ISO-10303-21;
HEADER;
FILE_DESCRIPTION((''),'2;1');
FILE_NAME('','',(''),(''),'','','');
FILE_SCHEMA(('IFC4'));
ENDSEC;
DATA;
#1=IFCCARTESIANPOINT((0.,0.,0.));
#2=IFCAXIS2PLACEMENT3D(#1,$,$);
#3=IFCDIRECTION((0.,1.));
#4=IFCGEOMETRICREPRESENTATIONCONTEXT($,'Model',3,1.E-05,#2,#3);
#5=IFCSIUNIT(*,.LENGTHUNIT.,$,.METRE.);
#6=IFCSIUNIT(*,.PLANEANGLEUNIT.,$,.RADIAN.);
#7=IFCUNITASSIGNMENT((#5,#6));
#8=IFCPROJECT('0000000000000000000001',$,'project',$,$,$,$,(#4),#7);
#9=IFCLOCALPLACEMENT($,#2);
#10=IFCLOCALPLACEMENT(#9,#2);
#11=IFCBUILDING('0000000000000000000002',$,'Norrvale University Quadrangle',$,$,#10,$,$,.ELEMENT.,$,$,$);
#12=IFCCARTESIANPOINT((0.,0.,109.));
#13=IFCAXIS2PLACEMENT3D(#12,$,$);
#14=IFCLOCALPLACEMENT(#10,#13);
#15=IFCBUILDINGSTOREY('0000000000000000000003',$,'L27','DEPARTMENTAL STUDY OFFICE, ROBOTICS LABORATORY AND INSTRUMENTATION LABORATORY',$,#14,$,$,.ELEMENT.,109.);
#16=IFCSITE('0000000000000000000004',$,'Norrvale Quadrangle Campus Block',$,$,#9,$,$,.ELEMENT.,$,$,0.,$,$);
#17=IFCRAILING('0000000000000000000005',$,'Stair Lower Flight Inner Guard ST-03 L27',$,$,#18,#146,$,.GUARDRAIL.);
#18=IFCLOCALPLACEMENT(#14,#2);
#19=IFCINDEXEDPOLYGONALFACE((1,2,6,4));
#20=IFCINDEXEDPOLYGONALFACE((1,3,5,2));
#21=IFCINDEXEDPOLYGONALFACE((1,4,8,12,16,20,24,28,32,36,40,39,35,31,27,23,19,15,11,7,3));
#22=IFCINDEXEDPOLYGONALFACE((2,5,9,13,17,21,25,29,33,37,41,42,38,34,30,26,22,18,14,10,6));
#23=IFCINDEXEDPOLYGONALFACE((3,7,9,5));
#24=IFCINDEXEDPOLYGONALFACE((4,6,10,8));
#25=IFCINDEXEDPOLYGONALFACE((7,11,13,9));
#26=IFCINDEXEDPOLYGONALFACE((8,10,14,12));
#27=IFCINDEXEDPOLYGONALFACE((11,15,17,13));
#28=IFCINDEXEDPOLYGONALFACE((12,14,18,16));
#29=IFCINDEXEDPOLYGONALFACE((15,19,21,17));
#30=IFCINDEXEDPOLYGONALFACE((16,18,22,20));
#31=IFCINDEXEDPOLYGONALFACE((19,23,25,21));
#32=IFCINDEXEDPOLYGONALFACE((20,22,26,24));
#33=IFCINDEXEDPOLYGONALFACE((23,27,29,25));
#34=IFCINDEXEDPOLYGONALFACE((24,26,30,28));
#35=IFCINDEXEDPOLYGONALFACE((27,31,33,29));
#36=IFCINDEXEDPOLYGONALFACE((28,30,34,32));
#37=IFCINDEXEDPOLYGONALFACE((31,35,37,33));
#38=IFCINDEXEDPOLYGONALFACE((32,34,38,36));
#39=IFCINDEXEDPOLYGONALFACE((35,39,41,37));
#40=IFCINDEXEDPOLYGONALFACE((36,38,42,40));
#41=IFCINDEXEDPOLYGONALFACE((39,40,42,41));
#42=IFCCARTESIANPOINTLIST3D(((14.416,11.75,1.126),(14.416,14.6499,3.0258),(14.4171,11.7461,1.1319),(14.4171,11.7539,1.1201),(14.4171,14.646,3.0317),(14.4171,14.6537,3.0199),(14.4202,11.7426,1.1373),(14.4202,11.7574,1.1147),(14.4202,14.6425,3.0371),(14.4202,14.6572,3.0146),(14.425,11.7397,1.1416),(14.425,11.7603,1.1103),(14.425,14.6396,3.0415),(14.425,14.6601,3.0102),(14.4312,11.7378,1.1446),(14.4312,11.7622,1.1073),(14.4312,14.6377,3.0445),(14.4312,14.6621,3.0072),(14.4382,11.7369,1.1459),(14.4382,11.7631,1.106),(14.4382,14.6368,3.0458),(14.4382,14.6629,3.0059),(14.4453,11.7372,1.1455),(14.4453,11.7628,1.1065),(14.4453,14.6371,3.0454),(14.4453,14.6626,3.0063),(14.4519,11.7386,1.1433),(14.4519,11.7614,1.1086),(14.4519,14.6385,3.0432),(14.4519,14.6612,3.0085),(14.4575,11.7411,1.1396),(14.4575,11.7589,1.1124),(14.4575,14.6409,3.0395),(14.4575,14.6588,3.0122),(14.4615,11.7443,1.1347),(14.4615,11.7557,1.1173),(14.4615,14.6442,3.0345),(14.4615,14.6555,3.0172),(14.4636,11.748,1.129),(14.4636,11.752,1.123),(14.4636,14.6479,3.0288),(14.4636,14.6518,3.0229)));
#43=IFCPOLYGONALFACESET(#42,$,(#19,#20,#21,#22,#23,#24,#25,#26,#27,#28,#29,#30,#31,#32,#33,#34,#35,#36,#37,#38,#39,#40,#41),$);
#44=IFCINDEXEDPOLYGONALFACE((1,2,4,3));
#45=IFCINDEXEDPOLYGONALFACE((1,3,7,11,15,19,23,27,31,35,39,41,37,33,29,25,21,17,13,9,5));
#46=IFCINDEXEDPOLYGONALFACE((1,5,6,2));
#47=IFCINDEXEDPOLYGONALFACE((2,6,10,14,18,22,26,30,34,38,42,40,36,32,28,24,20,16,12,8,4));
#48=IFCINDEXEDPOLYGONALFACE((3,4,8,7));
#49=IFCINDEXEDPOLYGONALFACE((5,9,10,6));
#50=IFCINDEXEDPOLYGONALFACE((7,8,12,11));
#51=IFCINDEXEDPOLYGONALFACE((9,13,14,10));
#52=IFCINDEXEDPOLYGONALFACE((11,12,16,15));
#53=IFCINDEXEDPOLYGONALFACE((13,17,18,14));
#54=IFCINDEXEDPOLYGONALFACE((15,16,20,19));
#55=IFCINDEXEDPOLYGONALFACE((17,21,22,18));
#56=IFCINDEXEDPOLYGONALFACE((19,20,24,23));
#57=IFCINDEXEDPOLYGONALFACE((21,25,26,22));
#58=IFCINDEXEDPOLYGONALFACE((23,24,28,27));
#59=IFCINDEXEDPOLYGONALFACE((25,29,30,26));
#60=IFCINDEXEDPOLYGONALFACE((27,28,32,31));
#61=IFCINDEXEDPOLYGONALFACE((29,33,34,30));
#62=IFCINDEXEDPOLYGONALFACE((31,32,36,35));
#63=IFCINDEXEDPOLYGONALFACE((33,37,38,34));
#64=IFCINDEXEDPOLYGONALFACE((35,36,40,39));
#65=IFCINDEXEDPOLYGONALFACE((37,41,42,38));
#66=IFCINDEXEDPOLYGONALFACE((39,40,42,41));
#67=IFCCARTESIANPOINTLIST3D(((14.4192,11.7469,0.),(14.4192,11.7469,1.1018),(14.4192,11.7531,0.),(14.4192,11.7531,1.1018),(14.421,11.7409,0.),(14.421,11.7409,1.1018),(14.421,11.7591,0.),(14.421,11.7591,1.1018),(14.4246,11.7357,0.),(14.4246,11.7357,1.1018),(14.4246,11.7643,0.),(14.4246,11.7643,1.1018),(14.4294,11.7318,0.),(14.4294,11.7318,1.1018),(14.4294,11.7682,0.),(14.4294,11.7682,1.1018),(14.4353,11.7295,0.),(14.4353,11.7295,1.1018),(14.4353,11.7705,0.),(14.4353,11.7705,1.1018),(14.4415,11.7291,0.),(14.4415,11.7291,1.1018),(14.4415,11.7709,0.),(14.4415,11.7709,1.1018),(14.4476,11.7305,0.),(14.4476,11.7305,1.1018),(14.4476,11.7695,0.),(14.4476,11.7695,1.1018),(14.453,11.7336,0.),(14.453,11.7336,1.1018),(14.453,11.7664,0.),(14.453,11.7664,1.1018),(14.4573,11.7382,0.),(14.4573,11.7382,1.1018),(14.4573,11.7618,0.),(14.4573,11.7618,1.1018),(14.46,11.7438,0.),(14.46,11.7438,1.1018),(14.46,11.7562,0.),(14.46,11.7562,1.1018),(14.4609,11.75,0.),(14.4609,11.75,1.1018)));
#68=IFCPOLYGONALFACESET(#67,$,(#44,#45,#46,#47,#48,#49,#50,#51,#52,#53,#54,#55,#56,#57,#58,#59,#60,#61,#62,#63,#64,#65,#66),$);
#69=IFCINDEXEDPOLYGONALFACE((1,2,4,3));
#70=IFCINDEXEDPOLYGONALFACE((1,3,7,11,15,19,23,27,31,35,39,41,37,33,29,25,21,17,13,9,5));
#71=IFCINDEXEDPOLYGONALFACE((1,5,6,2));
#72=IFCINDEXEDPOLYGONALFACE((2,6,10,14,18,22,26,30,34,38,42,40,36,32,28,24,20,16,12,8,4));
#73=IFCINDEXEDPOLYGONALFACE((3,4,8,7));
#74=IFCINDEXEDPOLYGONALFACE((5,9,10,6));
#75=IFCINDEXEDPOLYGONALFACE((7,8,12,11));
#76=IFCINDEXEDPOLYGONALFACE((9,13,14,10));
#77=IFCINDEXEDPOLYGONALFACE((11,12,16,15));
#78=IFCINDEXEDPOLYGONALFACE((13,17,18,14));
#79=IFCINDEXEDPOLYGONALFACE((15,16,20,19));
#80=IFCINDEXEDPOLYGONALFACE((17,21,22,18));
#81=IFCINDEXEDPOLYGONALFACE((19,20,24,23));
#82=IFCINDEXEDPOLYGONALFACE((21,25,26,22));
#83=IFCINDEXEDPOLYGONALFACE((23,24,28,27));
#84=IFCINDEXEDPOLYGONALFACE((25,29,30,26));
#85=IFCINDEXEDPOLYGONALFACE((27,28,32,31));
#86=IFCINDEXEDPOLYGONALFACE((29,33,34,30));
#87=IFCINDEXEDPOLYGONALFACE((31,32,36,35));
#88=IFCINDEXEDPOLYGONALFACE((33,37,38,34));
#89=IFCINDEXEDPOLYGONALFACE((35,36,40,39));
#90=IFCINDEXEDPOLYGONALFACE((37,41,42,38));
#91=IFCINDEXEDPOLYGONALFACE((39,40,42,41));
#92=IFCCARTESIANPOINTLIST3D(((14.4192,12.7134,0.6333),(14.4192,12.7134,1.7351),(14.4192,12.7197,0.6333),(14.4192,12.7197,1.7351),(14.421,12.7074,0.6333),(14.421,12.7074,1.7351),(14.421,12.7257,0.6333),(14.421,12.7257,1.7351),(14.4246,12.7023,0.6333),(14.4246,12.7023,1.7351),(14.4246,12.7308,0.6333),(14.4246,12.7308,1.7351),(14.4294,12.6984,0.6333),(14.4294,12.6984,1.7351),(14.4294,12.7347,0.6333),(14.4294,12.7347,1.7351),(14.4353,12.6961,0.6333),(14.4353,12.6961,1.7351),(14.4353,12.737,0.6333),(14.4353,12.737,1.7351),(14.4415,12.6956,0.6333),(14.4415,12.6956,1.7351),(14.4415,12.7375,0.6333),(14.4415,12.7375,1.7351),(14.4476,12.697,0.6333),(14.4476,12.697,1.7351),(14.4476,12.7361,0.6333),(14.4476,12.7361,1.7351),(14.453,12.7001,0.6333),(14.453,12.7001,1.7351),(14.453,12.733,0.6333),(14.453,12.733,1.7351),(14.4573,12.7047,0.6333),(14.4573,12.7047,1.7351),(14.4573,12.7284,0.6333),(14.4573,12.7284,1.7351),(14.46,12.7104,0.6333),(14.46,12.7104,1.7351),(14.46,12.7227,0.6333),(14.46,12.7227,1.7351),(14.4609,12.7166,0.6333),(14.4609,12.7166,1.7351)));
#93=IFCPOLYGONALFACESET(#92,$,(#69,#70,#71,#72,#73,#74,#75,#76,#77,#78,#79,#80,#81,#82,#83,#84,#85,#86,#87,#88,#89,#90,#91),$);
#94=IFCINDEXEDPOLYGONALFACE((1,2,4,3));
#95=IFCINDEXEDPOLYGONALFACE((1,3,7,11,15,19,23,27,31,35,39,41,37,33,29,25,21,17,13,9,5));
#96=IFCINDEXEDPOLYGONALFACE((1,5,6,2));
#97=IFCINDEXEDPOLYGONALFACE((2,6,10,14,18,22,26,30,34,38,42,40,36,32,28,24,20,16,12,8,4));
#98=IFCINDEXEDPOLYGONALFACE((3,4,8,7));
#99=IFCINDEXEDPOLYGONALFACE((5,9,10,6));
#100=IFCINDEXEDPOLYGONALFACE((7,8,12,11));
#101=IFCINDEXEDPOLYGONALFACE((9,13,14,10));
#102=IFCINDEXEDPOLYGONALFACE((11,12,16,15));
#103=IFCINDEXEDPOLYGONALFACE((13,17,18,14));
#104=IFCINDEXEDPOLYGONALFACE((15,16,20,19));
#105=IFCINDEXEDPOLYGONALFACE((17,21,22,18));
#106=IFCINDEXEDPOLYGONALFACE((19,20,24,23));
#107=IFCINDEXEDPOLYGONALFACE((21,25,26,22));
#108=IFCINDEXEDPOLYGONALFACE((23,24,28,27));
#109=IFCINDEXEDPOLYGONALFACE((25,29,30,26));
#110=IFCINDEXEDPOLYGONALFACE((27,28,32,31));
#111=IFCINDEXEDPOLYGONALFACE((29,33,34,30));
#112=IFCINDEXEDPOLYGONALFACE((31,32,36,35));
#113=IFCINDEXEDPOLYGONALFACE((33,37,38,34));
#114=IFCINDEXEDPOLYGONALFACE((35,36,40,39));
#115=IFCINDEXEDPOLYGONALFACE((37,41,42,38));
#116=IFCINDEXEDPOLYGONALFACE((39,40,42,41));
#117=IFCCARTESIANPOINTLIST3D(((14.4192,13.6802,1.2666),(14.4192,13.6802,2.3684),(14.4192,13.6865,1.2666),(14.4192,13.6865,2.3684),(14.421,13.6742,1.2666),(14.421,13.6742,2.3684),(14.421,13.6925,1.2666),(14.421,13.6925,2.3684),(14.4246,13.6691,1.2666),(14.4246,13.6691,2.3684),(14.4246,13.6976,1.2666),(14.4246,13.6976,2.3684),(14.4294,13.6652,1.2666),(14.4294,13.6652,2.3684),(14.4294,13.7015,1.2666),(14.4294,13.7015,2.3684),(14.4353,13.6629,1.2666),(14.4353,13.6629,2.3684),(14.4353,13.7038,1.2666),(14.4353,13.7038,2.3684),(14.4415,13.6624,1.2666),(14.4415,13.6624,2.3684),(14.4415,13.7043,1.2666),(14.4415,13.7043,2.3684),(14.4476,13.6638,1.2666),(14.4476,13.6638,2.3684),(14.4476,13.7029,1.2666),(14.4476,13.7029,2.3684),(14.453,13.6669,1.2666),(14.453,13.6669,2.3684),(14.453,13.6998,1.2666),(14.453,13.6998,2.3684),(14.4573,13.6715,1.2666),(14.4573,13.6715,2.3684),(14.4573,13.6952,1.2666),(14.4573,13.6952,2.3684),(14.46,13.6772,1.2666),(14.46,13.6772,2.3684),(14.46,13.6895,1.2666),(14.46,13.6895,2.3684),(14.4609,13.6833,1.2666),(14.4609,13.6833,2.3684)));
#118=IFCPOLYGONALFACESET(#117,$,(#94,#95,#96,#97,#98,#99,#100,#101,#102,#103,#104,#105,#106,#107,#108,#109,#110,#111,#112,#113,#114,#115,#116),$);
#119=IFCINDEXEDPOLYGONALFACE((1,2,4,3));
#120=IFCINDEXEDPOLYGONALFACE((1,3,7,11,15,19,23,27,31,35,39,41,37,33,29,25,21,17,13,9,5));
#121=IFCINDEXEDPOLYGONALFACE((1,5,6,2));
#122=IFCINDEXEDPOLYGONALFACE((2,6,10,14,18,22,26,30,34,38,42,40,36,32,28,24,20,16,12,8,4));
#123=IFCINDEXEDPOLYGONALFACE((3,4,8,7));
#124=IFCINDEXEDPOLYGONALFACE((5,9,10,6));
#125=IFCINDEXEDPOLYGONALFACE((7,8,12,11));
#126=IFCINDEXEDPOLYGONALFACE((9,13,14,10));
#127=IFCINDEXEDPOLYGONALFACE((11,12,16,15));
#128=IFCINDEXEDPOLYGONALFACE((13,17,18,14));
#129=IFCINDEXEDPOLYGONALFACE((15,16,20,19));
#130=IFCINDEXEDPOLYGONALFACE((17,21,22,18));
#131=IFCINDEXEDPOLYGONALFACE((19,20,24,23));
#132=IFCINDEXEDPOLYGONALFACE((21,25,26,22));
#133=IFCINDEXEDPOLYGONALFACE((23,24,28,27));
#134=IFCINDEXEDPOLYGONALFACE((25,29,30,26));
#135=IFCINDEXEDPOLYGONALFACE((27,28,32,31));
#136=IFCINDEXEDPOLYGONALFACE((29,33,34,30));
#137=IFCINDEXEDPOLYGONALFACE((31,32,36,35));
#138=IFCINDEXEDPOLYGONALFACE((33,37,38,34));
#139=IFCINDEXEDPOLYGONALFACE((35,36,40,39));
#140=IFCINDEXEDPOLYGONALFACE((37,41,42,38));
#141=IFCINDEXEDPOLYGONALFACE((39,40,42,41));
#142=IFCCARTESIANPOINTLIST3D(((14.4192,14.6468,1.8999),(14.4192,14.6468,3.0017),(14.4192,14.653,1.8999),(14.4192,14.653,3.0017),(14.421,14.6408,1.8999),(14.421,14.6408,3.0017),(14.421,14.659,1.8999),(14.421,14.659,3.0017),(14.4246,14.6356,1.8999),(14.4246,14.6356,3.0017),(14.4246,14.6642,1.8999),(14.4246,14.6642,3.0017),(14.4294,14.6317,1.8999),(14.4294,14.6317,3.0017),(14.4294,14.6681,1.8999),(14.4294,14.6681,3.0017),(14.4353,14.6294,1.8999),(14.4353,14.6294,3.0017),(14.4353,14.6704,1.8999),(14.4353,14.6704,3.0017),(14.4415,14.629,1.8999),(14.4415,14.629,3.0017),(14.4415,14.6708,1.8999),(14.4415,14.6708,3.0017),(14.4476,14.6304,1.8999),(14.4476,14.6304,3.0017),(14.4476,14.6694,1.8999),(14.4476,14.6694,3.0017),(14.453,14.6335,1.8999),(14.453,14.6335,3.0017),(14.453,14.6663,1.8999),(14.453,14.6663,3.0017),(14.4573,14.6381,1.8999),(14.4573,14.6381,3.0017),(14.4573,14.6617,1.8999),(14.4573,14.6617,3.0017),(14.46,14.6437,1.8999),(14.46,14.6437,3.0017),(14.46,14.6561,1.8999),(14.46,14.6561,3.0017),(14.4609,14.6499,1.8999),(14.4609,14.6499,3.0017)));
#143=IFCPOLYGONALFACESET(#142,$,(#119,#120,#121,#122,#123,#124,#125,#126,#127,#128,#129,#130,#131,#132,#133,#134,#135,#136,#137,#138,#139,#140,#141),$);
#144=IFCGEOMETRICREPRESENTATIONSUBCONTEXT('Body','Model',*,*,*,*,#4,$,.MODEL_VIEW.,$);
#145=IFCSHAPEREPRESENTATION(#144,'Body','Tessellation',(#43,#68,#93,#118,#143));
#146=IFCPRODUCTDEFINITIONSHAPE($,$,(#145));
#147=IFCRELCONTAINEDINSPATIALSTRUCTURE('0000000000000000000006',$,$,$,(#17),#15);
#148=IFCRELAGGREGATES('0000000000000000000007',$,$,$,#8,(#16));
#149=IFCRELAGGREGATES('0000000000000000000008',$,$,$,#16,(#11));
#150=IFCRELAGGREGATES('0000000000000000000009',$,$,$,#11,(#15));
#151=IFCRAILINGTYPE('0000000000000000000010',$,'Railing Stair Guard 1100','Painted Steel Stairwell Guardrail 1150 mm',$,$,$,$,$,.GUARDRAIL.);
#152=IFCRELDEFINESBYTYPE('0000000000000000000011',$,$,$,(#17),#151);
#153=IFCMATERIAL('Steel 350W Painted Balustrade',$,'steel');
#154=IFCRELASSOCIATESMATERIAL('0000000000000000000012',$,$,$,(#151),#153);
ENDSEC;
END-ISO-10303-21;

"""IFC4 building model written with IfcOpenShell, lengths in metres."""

from ifc_helpers import new_model, si_unit, direction, frame, origin, origin_2d, place, context, subcontext, project, spatial, circle, extrude, material, type_object, element, save


model = new_model("IFC4")

# Units and contexts
model_context = context("Model", 3, precision=1e-05, world=origin(), true_north=direction((0.0, 1.0)))
body_context = subcontext(model_context, "Body", "Model", "MODEL_VIEW")
ifc_project = project(units=[si_unit("LENGTHUNIT", "METRE"), si_unit("PLANEANGLEUNIT", "RADIAN")], contexts=[model_context])

# Site, building, storey
site_placement = place(None, origin())
site = spatial("IfcSite", under=ifc_project, at=site_placement, Name="Norrvale Quadrangle Campus Block", CompositionType="ELEMENT", RefElevation=0.0)
building_placement = place(site_placement, origin())
building = spatial("IfcBuilding", under=site, at=building_placement, Name="Norrvale University Quadrangle", CompositionType="ELEMENT")
storey_placement = place(building_placement, frame((0.0, 0.0, 109.0)))
storey = spatial("IfcBuildingStorey", under=building, at=storey_placement, Name="L27", Description="DEPARTMENTAL STUDY OFFICE, ROBOTICS LABORATORY AND INSTRUMENTATION LABORATORY", CompositionType="ELEMENT", Elevation=109.0)

# Railing
ifc_material_1 = material(Name="Steel 350W Painted Balustrade", Category="steel")
railing_type_1 = type_object("IfcRailingType", Name="Railing Stair Guard 1100", Description="Painted Steel Stairwell Guardrail 1150 mm", PredefinedType="GUARDRAIL", material=ifc_material_1)
railing_1_placement = place(storey_placement, frame((14.4399, 11.75, 0.0)))
element("IfcRailing", 1, at=railing_1_placement, inside=storey, type_object=railing_type_1, Name="Stair Lower Flight Inner Guard ST-03 L27", PredefinedType="GUARDRAIL", context=body_context, shape_type="SweptSolid", body=[
    extrude(circle(Radius=0.0239, at=origin_2d()), frame((0.0, 0.0, 1.126), z_axis=(0.0, 0.836466, 0.548019), x_axis=(-1.0, 0.0, 0.0)), (0.0, 0.0, 1.0), 3.4668),
    extrude(circle(Radius=0.021, at=origin_2d()), origin(), (0.0, 0.0, 1.0), 1.1018),
    extrude(circle(Radius=0.021, at=origin_2d()), frame((0.0, 0.9666, 0.6333)), (0.0, 0.0, 1.0), 1.1018),
    extrude(circle(Radius=0.021, at=origin_2d()), frame((0.0, 1.9333, 1.2666)), (0.0, 0.0, 1.0), 1.1018),
    extrude(circle(Radius=0.021, at=origin_2d()), frame((0.0, 2.8999, 1.8999)), (0.0, 0.0, 1.0), 1.1018),
])

save(model, "model.ifc")
